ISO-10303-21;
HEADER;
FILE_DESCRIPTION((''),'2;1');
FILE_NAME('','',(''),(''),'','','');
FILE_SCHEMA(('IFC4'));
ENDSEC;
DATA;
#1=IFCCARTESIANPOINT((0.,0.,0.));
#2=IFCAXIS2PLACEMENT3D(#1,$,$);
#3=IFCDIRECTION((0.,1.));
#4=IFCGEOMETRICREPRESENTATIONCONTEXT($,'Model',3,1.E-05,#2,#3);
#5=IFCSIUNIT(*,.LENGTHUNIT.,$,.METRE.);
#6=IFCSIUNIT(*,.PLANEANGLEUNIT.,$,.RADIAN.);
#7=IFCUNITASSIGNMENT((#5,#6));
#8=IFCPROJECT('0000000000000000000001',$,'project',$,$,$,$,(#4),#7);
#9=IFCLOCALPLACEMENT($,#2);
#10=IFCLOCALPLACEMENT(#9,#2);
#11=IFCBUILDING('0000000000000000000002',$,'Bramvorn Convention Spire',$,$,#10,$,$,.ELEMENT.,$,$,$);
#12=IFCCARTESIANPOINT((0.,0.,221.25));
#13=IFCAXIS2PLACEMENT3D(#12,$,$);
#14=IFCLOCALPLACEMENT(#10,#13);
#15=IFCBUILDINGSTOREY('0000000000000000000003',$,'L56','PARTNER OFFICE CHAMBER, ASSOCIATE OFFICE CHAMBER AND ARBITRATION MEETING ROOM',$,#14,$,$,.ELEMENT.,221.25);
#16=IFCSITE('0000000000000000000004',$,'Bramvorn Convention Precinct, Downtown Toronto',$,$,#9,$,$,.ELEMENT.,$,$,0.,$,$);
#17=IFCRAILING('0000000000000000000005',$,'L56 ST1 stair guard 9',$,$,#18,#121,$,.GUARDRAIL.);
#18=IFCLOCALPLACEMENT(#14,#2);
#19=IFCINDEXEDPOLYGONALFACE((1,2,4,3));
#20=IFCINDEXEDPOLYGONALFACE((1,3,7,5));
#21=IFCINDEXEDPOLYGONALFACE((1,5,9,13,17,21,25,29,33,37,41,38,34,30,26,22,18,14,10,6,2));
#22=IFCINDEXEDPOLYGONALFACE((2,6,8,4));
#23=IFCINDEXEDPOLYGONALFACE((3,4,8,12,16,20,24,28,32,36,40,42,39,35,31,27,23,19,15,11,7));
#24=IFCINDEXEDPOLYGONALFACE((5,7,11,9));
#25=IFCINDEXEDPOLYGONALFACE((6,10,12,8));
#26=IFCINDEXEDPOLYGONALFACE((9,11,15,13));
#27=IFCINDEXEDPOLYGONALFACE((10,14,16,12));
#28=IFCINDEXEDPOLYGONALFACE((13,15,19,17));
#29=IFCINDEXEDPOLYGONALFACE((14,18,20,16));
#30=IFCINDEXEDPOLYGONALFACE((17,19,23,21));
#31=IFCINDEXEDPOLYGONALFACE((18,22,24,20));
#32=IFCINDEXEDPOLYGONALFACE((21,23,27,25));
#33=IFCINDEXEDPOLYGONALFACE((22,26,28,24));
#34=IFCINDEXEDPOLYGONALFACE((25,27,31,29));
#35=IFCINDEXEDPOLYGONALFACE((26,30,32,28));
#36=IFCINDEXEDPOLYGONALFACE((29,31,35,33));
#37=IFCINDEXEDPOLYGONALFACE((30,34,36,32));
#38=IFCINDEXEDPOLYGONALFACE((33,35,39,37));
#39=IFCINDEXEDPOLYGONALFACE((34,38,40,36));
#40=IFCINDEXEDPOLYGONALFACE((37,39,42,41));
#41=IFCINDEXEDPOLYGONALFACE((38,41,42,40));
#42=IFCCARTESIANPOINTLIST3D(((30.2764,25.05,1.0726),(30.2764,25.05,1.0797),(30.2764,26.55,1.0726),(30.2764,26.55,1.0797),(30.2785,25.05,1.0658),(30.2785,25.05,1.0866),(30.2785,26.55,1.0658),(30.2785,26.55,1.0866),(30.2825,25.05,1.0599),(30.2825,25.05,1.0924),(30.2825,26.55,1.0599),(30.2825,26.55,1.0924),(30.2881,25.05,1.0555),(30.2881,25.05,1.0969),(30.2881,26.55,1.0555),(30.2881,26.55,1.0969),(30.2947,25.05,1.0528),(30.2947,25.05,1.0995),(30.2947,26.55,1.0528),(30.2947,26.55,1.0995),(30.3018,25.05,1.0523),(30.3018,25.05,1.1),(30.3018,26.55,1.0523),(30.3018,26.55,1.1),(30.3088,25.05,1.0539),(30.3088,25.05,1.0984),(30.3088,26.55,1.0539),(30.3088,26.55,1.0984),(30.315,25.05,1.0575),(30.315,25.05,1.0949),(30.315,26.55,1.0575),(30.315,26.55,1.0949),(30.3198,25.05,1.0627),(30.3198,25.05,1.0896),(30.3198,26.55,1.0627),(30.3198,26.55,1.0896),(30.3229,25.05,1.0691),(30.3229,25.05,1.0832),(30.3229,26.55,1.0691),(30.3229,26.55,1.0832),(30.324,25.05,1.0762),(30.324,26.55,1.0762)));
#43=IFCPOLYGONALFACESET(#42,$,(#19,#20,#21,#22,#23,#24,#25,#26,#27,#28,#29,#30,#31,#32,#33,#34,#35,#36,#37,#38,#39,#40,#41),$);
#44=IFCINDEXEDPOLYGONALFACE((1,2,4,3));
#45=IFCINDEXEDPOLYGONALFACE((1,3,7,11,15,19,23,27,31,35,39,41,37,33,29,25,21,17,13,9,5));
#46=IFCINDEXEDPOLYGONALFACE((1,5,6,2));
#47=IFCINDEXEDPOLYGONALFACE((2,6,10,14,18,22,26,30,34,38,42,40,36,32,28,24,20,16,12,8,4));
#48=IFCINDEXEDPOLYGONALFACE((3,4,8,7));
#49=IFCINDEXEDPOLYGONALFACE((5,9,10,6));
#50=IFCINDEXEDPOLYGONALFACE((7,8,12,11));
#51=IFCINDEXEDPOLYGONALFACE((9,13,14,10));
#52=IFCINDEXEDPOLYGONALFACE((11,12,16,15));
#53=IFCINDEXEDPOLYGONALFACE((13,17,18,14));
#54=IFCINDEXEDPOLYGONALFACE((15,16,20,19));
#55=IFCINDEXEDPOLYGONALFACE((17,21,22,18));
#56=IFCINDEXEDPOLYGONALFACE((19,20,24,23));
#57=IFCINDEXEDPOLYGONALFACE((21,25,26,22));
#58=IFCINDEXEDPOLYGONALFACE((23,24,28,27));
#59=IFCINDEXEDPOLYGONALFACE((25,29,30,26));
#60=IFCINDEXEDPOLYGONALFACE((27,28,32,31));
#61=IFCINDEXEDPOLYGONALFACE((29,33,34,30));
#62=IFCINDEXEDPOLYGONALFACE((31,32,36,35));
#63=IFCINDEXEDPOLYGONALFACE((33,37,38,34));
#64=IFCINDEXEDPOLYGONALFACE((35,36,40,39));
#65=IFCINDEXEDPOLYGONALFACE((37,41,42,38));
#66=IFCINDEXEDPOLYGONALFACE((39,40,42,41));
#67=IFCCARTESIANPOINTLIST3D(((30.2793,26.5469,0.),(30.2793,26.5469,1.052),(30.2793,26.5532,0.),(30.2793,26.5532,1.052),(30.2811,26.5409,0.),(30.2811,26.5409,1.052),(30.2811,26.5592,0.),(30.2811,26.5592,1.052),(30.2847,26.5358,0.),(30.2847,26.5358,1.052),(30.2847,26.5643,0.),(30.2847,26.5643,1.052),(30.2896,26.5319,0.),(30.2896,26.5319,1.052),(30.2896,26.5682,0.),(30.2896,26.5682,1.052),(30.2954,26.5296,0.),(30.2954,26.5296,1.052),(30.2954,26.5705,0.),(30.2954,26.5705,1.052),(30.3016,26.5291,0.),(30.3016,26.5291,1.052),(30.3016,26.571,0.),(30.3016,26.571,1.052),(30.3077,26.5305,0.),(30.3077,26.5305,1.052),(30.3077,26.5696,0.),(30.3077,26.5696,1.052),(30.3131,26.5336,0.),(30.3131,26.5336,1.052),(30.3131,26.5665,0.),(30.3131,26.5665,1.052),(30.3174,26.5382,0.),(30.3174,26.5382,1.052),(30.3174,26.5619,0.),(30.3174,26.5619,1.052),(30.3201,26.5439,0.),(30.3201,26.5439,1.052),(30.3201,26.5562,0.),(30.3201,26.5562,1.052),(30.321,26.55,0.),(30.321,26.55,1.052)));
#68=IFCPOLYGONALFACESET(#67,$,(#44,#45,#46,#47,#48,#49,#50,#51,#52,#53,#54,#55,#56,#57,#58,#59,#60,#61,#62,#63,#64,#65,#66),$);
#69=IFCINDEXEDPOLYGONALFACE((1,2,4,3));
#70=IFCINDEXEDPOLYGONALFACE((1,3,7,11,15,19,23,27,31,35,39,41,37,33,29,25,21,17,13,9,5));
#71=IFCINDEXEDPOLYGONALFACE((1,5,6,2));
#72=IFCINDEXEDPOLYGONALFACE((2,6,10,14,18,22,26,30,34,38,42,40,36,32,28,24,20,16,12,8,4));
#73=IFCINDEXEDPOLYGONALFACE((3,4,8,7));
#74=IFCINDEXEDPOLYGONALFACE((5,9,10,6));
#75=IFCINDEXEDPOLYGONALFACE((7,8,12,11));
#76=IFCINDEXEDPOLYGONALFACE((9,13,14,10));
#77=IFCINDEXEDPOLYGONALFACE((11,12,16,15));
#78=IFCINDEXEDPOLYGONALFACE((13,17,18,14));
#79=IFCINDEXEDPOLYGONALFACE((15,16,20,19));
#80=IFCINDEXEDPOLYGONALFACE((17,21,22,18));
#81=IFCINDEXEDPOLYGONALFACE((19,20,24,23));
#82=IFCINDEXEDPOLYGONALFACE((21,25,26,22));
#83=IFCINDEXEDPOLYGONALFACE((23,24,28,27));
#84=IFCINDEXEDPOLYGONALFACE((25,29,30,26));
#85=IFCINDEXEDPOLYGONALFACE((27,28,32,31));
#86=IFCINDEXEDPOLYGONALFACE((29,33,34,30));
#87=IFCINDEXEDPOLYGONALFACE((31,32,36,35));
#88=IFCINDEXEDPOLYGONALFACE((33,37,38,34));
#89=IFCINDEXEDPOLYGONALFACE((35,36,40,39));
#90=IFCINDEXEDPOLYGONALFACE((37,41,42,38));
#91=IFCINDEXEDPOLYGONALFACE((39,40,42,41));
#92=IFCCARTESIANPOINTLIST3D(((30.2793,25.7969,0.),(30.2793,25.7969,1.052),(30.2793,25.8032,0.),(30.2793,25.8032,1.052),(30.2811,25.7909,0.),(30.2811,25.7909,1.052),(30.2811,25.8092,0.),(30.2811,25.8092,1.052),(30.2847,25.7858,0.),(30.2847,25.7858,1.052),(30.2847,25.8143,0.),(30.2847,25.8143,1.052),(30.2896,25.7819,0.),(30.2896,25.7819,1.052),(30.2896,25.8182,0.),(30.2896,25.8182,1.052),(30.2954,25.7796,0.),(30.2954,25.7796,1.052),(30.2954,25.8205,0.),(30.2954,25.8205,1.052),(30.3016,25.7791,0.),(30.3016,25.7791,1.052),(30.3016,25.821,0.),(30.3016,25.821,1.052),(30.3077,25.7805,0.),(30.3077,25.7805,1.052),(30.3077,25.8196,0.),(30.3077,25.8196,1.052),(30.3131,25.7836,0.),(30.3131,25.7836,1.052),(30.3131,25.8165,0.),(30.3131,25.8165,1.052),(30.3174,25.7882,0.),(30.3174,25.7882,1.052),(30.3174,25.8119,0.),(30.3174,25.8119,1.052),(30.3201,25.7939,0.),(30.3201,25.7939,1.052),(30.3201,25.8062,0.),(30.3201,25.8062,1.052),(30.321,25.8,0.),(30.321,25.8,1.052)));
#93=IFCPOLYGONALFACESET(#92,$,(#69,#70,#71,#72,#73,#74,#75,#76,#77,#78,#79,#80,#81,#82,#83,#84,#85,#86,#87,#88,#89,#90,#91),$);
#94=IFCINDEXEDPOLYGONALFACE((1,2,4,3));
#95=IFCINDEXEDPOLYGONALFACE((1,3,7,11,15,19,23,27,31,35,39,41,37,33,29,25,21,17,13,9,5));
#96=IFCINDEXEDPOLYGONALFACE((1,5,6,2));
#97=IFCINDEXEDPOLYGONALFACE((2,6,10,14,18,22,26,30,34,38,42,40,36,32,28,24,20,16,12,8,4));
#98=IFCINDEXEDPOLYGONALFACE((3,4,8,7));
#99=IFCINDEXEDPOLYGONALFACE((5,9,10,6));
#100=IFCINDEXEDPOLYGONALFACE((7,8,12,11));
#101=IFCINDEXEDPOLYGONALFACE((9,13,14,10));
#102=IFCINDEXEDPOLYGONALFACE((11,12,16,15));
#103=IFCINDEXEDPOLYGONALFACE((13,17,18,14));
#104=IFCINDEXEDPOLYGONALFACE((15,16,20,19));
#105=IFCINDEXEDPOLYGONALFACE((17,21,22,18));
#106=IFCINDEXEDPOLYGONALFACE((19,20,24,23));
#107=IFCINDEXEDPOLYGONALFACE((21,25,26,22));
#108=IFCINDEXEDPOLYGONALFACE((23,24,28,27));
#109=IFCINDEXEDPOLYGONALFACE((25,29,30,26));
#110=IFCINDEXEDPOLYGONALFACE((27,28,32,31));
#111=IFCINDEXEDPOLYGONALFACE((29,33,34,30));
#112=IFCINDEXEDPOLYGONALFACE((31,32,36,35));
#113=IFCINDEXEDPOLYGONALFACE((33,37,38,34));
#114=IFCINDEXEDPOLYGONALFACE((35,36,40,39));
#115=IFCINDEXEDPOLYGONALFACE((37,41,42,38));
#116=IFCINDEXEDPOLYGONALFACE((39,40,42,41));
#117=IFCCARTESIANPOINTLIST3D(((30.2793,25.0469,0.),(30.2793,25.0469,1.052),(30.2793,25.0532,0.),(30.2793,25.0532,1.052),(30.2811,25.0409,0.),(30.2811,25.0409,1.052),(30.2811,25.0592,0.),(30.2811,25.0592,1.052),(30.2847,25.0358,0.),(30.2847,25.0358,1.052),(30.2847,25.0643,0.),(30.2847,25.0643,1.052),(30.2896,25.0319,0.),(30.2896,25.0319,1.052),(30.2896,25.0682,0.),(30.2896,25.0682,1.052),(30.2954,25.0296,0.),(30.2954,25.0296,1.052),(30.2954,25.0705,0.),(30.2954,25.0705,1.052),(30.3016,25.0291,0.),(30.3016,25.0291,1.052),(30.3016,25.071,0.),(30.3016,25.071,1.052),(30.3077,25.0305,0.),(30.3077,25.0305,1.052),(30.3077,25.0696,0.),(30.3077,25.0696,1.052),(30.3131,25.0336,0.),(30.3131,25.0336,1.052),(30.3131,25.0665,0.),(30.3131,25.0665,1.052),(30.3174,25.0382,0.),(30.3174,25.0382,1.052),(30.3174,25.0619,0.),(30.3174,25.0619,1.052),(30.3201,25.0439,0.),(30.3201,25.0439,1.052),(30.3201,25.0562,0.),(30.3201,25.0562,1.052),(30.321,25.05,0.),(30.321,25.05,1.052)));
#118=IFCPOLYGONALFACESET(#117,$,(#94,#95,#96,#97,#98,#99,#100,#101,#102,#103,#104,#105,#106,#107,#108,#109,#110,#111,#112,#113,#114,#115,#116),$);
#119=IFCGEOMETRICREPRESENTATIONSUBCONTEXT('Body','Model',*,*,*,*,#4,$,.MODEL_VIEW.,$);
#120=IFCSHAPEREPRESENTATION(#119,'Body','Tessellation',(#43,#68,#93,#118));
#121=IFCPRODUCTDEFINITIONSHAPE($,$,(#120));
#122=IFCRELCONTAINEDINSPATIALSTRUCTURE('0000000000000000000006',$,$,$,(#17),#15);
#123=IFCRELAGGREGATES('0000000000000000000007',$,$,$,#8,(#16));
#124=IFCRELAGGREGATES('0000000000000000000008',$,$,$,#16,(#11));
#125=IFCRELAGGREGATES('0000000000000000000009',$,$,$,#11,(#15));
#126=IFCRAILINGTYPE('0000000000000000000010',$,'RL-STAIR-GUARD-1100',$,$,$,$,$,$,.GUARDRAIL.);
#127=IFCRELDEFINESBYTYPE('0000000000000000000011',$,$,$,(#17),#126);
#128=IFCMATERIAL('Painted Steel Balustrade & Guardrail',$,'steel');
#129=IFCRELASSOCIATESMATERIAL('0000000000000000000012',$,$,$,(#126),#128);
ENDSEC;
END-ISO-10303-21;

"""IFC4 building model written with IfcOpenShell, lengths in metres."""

from ifc_helpers import new_model, si_unit, direction, frame, origin, origin_2d, place, context, subcontext, project, spatial, circle, extrude, material, type_object, element, save


model = new_model("IFC4")

# Units and contexts
model_context = context("Model", 3, precision=1e-05, world=origin(), true_north=direction((0.0, 1.0)))
body_context = subcontext(model_context, "Body", "Model", "MODEL_VIEW")
ifc_project = project(units=[si_unit("LENGTHUNIT", "METRE"), si_unit("PLANEANGLEUNIT", "RADIAN")], contexts=[model_context])

# Site, building, storey
site_placement = place(None, origin())
site = spatial("IfcSite", under=ifc_project, at=site_placement, Name="Bramvorn Convention Precinct, Downtown Toronto", CompositionType="ELEMENT", RefElevation=0.0)
building_placement = place(site_placement, origin())
building = spatial("IfcBuilding", under=site, at=building_placement, Name="Bramvorn Convention Spire", CompositionType="ELEMENT")
storey_placement = place(building_placement, frame((0.0, 0.0, 221.25)))
storey = spatial("IfcBuildingStorey", under=building, at=storey_placement, Name="L56", Description="PARTNER OFFICE CHAMBER, ASSOCIATE OFFICE CHAMBER AND ARBITRATION MEETING ROOM", CompositionType="ELEMENT", Elevation=221.25)

# Railing
ifc_material_1 = material(Name="Painted Steel Balustrade & Guardrail", Category="steel")
railing_type = type_object("IfcRailingType", Name="RL-STAIR-GUARD-1100", PredefinedType="GUARDRAIL", material=ifc_material_1)
for number, where, name in (
    (1, (30.3, 26.55, 0.0), "L56 ST1 stair guard 9"),
):
    element("IfcRailing", number, at=place(storey_placement, frame(where)), inside=storey, type_object=railing_type, Name=name, PredefinedType="GUARDRAIL", context=body_context, shape_type="SweptSolid", body=[
        extrude(circle(Radius=0.0239, at=origin_2d()), frame((0.0, 0.0, 1.0762), z_axis=(0.0, -1.0, 0.0), x_axis=(1.0, 0.0, 0.0)), (0.0, 0.0, 1.0), 1.5),
        extrude(circle(Radius=0.021, at=origin_2d()), origin(), (0.0, 0.0, 1.0), 1.052),
        extrude(circle(Radius=0.021, at=origin_2d()), frame((0.0, -0.75, 0.0)), (0.0, 0.0, 1.0), 1.052),
        extrude(circle(Radius=0.021, at=origin_2d()), frame((0.0, -1.5, 0.0)), (0.0, 0.0, 1.0), 1.052),
    ])

save(model, "model.ifc")
